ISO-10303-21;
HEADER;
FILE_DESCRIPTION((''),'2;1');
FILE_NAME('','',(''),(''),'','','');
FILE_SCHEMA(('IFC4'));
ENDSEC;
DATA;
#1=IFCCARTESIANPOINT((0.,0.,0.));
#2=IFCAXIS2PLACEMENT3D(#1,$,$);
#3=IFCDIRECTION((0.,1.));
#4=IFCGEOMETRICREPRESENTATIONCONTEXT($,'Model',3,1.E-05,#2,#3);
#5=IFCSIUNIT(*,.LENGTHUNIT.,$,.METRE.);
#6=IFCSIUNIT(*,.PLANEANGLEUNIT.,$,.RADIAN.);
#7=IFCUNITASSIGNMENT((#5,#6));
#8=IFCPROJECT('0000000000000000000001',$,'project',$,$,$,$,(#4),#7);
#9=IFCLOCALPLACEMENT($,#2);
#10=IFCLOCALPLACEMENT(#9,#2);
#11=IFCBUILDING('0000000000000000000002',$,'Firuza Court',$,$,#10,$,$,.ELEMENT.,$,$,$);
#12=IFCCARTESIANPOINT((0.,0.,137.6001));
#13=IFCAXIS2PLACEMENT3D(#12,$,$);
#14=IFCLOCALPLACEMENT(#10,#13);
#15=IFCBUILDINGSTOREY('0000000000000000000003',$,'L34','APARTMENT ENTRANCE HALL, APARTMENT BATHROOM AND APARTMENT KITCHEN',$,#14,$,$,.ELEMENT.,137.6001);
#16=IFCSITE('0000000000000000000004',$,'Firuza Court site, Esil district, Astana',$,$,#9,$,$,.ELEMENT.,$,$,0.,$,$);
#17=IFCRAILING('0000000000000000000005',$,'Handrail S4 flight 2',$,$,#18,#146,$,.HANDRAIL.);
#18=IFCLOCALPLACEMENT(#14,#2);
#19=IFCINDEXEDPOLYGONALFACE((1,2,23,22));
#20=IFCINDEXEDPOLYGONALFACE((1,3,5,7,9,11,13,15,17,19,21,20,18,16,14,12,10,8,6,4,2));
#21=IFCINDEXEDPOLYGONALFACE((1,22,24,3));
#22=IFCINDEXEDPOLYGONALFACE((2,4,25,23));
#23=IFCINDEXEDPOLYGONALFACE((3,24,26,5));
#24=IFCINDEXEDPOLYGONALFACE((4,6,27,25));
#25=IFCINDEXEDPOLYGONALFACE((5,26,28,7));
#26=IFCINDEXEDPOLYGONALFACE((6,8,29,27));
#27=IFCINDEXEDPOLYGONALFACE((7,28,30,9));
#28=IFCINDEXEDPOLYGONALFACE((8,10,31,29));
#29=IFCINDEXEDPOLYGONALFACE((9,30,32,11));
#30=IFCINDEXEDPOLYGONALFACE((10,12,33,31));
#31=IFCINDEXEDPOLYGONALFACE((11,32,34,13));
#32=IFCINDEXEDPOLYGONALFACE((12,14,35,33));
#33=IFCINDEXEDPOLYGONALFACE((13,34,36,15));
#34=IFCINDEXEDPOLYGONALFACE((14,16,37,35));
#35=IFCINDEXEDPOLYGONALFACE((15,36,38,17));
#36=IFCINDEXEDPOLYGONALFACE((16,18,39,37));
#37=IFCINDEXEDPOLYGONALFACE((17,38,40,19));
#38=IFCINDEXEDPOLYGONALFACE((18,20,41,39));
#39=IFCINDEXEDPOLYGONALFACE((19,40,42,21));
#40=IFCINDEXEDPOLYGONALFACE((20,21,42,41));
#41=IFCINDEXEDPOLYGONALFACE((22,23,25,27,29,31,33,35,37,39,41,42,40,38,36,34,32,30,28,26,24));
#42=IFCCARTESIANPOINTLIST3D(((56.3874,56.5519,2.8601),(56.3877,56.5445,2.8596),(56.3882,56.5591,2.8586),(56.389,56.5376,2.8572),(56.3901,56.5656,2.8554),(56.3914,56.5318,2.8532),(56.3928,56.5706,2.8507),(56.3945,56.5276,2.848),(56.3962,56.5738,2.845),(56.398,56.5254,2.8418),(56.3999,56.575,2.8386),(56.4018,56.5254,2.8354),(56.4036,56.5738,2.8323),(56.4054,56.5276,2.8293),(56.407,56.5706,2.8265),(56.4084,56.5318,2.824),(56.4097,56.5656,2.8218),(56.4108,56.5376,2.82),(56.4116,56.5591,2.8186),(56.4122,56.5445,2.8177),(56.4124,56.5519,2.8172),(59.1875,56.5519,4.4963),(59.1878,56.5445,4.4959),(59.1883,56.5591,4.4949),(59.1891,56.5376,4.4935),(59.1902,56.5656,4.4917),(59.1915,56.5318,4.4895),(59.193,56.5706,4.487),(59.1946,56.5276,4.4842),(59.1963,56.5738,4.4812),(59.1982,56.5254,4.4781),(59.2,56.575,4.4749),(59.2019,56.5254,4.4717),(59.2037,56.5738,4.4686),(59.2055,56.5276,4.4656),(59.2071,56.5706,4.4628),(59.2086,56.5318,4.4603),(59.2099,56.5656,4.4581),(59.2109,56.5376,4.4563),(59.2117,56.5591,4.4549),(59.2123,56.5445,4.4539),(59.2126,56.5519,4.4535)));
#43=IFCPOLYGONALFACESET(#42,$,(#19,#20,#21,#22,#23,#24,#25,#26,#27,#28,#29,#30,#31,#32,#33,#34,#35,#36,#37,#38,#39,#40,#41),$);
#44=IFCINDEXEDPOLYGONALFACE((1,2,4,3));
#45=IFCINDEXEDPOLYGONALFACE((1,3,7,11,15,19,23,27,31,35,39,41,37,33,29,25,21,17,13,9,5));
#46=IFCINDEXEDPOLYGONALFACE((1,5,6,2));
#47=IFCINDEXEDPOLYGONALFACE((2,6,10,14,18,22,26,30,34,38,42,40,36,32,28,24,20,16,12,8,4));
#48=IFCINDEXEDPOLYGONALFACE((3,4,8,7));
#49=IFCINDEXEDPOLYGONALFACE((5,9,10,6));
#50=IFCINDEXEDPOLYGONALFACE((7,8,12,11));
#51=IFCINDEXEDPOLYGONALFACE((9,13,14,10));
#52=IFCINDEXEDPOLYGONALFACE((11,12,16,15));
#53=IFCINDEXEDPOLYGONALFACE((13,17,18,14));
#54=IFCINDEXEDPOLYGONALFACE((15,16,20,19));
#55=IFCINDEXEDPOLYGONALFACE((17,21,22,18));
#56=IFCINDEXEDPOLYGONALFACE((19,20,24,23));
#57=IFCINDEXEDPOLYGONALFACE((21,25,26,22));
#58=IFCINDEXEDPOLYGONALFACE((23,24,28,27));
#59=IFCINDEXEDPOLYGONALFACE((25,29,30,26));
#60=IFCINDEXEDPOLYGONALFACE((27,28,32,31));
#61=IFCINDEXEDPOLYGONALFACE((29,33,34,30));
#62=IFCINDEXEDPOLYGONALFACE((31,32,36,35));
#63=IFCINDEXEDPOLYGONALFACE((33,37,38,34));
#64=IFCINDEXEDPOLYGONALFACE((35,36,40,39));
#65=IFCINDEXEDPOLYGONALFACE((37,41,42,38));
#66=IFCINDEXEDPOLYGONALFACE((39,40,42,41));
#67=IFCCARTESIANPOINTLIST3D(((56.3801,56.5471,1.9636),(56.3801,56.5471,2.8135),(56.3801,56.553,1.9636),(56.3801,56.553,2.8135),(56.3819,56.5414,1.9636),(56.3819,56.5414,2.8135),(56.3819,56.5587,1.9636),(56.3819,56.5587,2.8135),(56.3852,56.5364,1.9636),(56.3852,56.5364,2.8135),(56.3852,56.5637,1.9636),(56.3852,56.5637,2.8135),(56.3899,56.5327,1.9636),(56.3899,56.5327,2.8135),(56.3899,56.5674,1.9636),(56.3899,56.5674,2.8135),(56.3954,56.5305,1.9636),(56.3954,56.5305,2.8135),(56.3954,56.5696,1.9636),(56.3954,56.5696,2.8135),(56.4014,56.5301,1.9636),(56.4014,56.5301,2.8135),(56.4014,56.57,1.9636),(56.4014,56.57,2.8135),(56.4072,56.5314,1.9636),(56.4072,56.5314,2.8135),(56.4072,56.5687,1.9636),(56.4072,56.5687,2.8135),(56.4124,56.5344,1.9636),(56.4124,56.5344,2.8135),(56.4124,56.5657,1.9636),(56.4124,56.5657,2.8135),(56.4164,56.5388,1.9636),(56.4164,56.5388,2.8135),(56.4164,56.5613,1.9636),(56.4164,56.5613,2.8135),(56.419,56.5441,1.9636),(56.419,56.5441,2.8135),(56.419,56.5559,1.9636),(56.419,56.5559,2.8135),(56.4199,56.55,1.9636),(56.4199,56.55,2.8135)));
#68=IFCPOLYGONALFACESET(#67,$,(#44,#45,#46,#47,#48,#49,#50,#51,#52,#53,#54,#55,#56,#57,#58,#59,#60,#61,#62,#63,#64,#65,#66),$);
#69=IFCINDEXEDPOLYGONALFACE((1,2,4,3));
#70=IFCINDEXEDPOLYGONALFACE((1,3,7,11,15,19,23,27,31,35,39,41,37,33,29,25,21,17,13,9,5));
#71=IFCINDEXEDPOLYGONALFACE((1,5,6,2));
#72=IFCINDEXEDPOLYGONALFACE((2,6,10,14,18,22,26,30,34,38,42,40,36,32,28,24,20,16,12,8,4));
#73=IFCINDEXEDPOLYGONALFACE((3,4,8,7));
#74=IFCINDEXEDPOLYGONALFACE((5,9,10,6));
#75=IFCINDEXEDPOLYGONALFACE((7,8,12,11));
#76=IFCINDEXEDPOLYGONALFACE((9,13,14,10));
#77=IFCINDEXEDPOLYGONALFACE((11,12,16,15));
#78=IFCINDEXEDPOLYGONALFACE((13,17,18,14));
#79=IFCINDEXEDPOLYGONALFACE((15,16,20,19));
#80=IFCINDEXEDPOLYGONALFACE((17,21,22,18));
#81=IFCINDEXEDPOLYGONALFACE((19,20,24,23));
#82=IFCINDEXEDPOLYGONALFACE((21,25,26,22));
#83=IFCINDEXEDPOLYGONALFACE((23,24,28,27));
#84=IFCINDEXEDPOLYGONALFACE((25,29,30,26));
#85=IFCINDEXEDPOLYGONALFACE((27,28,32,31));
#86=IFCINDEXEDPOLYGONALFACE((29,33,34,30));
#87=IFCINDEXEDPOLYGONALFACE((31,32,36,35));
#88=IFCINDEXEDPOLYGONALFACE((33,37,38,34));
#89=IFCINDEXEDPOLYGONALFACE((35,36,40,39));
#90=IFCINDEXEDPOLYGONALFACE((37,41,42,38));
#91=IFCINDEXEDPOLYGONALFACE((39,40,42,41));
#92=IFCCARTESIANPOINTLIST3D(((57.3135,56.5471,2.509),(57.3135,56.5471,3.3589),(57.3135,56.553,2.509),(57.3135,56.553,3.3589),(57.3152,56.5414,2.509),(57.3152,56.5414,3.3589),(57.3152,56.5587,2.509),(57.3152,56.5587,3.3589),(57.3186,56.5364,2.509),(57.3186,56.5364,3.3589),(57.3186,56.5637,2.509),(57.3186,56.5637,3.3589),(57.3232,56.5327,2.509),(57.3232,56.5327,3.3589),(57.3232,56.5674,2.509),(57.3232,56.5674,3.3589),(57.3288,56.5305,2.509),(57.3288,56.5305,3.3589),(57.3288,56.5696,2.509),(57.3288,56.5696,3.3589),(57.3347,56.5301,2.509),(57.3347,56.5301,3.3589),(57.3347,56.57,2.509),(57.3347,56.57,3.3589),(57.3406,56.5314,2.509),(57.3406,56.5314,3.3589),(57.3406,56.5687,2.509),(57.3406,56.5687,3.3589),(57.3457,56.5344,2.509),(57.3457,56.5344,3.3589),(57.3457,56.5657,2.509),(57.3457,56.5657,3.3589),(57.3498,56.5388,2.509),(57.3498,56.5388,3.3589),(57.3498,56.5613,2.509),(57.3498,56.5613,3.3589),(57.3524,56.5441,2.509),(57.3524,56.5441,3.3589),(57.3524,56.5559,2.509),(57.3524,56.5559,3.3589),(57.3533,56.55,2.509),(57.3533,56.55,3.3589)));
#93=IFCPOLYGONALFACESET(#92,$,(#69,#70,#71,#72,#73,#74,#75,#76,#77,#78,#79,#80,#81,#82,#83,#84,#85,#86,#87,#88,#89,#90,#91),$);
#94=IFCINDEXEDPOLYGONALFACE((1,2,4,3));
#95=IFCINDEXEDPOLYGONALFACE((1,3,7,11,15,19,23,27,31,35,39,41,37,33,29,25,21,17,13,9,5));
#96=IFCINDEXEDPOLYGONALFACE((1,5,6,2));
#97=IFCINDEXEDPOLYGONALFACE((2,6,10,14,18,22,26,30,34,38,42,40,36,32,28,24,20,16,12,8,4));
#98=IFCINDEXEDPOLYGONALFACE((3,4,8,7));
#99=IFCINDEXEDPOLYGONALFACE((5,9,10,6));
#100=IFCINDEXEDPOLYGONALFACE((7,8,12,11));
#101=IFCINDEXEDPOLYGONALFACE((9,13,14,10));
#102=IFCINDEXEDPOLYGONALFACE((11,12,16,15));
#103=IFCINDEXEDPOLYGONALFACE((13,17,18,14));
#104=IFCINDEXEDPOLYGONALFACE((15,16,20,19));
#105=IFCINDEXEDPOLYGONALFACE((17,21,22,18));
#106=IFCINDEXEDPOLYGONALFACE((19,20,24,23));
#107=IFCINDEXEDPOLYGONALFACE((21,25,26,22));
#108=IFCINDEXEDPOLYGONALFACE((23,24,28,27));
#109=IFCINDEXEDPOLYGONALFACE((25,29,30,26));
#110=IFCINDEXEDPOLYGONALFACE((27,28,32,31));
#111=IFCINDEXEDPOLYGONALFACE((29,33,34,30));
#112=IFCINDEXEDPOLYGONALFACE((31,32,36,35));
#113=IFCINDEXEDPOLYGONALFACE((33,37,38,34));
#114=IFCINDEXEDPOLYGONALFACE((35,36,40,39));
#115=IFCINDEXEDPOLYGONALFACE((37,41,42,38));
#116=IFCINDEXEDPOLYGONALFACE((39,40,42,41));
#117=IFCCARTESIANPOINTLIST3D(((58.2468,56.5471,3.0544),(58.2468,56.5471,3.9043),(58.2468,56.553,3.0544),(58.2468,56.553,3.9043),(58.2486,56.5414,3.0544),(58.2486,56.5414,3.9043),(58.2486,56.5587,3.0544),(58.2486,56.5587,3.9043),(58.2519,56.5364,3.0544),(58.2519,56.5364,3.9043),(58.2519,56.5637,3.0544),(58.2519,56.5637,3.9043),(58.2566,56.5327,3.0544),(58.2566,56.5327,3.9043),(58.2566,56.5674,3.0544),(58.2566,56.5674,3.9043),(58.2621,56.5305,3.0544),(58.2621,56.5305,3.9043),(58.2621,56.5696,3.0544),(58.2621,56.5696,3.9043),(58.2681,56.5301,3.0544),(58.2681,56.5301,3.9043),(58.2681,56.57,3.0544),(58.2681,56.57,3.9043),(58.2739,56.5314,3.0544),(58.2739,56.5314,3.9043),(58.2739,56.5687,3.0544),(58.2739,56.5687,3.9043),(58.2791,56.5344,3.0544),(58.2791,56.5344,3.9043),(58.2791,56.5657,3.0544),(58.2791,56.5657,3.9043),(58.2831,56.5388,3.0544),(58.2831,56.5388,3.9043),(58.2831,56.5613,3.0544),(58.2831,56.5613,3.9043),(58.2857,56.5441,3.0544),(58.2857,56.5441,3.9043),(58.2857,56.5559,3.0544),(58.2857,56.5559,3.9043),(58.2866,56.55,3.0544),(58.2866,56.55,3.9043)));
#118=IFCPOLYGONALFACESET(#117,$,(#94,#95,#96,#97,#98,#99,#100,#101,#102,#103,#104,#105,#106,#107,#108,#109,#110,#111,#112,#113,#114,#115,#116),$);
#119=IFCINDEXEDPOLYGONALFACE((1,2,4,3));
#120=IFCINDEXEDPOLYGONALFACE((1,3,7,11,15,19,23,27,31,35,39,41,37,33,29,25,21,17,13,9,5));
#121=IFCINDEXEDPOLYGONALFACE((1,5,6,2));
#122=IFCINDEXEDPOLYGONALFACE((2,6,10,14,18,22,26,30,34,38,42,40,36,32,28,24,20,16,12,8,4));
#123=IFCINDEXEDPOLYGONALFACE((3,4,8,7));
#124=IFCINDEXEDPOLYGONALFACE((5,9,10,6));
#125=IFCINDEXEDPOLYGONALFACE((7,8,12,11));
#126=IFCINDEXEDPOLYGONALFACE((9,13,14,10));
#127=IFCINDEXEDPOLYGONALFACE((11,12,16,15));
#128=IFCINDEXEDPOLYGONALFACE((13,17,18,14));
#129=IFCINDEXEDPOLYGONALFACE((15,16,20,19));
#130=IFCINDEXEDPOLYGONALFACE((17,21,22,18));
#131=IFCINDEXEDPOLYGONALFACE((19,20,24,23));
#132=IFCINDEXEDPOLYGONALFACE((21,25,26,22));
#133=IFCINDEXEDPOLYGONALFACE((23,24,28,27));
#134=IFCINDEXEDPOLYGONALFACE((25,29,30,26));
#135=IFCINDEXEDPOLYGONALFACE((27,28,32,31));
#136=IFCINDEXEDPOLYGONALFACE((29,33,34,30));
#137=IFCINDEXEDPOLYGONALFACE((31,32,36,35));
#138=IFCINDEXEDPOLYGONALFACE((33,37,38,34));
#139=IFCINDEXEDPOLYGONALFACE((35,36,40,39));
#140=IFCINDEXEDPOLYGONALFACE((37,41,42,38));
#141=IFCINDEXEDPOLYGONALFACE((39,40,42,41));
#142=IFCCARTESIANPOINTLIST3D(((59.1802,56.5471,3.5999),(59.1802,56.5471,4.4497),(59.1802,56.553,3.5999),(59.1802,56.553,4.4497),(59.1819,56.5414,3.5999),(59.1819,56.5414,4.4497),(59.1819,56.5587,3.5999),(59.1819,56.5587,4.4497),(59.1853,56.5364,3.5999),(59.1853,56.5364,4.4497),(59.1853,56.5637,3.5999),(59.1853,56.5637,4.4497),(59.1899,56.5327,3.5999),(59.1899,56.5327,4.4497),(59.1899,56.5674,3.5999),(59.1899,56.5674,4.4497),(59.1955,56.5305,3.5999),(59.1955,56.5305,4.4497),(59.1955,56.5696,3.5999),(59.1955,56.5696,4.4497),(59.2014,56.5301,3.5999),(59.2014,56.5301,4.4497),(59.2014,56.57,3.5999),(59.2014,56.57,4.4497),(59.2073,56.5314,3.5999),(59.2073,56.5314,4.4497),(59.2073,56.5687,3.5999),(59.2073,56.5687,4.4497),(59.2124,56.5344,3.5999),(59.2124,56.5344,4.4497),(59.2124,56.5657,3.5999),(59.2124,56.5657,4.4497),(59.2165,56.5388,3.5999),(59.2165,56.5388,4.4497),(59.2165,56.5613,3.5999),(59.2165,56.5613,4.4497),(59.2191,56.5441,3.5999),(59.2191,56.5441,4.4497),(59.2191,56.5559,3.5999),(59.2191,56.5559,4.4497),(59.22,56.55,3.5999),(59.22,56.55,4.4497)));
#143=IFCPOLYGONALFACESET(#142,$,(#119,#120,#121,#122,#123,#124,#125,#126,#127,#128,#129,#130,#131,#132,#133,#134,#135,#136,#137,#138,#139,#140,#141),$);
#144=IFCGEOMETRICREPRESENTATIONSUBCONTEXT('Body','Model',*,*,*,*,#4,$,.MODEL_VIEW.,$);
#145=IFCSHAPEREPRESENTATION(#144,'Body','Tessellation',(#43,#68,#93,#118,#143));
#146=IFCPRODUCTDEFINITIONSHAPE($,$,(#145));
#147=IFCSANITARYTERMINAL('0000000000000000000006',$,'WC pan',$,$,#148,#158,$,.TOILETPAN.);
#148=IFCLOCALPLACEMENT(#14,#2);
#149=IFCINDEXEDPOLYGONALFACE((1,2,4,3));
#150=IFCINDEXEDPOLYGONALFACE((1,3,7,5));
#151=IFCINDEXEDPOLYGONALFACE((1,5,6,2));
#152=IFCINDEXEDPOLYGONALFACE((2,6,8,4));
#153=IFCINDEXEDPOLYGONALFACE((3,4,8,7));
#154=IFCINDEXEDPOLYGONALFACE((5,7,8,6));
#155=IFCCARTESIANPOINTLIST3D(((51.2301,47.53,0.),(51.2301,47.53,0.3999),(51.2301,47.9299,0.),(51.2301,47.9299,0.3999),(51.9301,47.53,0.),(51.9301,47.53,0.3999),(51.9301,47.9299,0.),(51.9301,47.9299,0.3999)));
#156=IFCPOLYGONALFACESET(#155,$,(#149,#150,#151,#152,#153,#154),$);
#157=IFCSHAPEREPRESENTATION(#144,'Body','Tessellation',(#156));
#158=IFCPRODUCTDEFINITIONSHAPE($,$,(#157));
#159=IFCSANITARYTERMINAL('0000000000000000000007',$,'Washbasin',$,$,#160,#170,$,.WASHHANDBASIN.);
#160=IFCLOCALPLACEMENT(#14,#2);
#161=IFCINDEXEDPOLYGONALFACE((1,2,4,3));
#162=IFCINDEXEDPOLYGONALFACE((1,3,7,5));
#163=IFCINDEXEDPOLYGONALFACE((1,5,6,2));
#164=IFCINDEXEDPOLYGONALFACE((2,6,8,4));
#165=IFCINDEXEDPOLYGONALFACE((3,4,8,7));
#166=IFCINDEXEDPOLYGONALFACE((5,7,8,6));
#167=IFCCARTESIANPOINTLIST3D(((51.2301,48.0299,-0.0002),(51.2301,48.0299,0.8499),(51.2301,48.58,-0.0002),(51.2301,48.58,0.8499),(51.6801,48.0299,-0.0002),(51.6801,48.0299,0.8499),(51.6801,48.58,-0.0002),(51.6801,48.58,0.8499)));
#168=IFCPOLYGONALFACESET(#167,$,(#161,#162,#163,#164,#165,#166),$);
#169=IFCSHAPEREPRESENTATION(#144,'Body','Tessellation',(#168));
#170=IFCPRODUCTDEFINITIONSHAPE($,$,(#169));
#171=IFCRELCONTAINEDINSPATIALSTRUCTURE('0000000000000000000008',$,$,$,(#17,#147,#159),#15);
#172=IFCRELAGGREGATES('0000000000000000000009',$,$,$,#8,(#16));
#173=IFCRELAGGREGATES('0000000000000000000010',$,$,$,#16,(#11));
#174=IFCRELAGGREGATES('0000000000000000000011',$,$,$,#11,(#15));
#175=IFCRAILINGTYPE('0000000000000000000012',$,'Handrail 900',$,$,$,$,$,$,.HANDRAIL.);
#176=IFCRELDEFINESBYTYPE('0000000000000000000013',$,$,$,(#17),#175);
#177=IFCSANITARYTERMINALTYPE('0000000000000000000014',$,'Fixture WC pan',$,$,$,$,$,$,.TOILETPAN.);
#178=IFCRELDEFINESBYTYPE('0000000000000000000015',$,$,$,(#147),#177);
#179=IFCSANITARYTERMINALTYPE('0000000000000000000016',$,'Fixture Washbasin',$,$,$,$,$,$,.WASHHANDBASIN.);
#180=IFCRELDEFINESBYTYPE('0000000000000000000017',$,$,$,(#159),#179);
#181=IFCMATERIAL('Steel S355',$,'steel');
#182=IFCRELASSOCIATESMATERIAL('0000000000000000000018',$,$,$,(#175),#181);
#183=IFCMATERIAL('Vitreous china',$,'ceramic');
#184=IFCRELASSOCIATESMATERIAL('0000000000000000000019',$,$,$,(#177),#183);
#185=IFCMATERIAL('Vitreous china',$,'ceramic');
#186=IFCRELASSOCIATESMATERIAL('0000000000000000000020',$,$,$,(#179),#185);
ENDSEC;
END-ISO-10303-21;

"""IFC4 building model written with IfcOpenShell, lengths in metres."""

from ifc_helpers import new_model, si_unit, direction, frame, origin, origin_2d, place, context, subcontext, project, spatial, rectangle, circle, extrude, material, type_object, element, save


model = new_model("IFC4")

# Units and contexts
model_context = context("Model", 3, precision=1e-05, world=origin(), true_north=direction((0.0, 1.0)))
body_context = subcontext(model_context, "Body", "Model", "MODEL_VIEW")
ifc_project = project(units=[si_unit("LENGTHUNIT", "METRE"), si_unit("PLANEANGLEUNIT", "RADIAN")], contexts=[model_context])

# Site, building, storey
site_placement = place(None, origin())
site = spatial("IfcSite", under=ifc_project, at=site_placement, Name="Firuza Court site, Esil district, Astana", CompositionType="ELEMENT", RefElevation=0.0)
building_placement = place(site_placement, origin())
building = spatial("IfcBuilding", under=site, at=building_placement, Name="Firuza Court", CompositionType="ELEMENT")
storey_placement = place(building_placement, frame((0.0, 0.0, 137.6001)))
storey = spatial("IfcBuildingStorey", under=building, at=storey_placement, Name="L34", Description="APARTMENT ENTRANCE HALL, APARTMENT BATHROOM AND APARTMENT KITCHEN", CompositionType="ELEMENT", Elevation=137.6001)

# Railing
ifc_material_1 = material(Name="Steel S355", Category="steel")
railing_type_1 = type_object("IfcRailingType", Name="Handrail 900", PredefinedType="HANDRAIL", material=ifc_material_1)
railing_1_placement = place(storey_placement, frame((56.3999, 56.55, 1.9636)))
element("IfcRailing", 1, at=railing_1_placement, inside=storey, type_object=railing_type_1, Name="Handrail S4 flight 2", PredefinedType="HANDRAIL", context=body_context, shape_type="SweptSolid", body=[
    extrude(circle(Radius=0.0249, at=origin_2d()), frame((0.0, 0.0, 0.875), z_axis=(0.863394, 0.0, 0.504531), x_axis=(0.0, 1.0, 0.0)), (0.0, 0.0, 1.0), 3.2432),
    extrude(circle(Radius=0.02, at=origin_2d()), origin(), (0.0, 0.0, 1.0), 0.8499),
    extrude(circle(Radius=0.02, at=origin_2d()), frame((0.9333, 0.0, 0.5454)), (0.0, 0.0, 1.0), 0.8499),
    extrude(circle(Radius=0.02, at=origin_2d()), frame((1.8667, 0.0, 1.0908)), (0.0, 0.0, 1.0), 0.8499),
    extrude(circle(Radius=0.02, at=origin_2d()), frame((2.8, 0.0, 1.6362)), (0.0, 0.0, 1.0), 0.8499),
])

# Sanitary terminals
ifc_material_2 = material(Name="Vitreous china", Category="ceramic")
sanitary_terminal_type_1 = type_object("IfcSanitaryTerminalType", Name="Fixture WC pan", PredefinedType="TOILETPAN", material=ifc_material_2)
sanitary_terminal_1_placement = place(storey_placement, frame((51.5801, 47.73, 0.0), z_axis=(0.0, 0.0, 1.0), x_axis=(1.0, 0.0, 0.0)))
element("IfcSanitaryTerminal", 2, at=sanitary_terminal_1_placement, inside=storey, type_object=sanitary_terminal_type_1, Name="WC pan", PredefinedType="TOILETPAN", context=body_context, shape_type="SweptSolid", body=[
    extrude(rectangle(XDim=0.7, YDim=0.3999, at=origin_2d()), origin(), (0.0, 0.0, 1.0), 0.3999),
])
ifc_material_3 = material(Name="Vitreous china", Category="ceramic")
sanitary_terminal_type_2 = type_object("IfcSanitaryTerminalType", Name="Fixture Washbasin", PredefinedType="WASHHANDBASIN", material=ifc_material_3)
sanitary_terminal_2_placement = place(storey_placement, frame((51.4551, 48.3049, -0.0002), z_axis=(0.0, 0.0, 1.0), x_axis=(1.0, 0.0, 0.0)))
element("IfcSanitaryTerminal", 3, at=sanitary_terminal_2_placement, inside=storey, type_object=sanitary_terminal_type_2, Name="Washbasin", PredefinedType="WASHHANDBASIN", context=body_context, shape_type="SweptSolid", body=[
    extrude(rectangle(XDim=0.45, YDim=0.55, at=origin_2d()), origin(), (0.0, 0.0, 1.0), 0.8501),
])

save(model, "model.ifc")
